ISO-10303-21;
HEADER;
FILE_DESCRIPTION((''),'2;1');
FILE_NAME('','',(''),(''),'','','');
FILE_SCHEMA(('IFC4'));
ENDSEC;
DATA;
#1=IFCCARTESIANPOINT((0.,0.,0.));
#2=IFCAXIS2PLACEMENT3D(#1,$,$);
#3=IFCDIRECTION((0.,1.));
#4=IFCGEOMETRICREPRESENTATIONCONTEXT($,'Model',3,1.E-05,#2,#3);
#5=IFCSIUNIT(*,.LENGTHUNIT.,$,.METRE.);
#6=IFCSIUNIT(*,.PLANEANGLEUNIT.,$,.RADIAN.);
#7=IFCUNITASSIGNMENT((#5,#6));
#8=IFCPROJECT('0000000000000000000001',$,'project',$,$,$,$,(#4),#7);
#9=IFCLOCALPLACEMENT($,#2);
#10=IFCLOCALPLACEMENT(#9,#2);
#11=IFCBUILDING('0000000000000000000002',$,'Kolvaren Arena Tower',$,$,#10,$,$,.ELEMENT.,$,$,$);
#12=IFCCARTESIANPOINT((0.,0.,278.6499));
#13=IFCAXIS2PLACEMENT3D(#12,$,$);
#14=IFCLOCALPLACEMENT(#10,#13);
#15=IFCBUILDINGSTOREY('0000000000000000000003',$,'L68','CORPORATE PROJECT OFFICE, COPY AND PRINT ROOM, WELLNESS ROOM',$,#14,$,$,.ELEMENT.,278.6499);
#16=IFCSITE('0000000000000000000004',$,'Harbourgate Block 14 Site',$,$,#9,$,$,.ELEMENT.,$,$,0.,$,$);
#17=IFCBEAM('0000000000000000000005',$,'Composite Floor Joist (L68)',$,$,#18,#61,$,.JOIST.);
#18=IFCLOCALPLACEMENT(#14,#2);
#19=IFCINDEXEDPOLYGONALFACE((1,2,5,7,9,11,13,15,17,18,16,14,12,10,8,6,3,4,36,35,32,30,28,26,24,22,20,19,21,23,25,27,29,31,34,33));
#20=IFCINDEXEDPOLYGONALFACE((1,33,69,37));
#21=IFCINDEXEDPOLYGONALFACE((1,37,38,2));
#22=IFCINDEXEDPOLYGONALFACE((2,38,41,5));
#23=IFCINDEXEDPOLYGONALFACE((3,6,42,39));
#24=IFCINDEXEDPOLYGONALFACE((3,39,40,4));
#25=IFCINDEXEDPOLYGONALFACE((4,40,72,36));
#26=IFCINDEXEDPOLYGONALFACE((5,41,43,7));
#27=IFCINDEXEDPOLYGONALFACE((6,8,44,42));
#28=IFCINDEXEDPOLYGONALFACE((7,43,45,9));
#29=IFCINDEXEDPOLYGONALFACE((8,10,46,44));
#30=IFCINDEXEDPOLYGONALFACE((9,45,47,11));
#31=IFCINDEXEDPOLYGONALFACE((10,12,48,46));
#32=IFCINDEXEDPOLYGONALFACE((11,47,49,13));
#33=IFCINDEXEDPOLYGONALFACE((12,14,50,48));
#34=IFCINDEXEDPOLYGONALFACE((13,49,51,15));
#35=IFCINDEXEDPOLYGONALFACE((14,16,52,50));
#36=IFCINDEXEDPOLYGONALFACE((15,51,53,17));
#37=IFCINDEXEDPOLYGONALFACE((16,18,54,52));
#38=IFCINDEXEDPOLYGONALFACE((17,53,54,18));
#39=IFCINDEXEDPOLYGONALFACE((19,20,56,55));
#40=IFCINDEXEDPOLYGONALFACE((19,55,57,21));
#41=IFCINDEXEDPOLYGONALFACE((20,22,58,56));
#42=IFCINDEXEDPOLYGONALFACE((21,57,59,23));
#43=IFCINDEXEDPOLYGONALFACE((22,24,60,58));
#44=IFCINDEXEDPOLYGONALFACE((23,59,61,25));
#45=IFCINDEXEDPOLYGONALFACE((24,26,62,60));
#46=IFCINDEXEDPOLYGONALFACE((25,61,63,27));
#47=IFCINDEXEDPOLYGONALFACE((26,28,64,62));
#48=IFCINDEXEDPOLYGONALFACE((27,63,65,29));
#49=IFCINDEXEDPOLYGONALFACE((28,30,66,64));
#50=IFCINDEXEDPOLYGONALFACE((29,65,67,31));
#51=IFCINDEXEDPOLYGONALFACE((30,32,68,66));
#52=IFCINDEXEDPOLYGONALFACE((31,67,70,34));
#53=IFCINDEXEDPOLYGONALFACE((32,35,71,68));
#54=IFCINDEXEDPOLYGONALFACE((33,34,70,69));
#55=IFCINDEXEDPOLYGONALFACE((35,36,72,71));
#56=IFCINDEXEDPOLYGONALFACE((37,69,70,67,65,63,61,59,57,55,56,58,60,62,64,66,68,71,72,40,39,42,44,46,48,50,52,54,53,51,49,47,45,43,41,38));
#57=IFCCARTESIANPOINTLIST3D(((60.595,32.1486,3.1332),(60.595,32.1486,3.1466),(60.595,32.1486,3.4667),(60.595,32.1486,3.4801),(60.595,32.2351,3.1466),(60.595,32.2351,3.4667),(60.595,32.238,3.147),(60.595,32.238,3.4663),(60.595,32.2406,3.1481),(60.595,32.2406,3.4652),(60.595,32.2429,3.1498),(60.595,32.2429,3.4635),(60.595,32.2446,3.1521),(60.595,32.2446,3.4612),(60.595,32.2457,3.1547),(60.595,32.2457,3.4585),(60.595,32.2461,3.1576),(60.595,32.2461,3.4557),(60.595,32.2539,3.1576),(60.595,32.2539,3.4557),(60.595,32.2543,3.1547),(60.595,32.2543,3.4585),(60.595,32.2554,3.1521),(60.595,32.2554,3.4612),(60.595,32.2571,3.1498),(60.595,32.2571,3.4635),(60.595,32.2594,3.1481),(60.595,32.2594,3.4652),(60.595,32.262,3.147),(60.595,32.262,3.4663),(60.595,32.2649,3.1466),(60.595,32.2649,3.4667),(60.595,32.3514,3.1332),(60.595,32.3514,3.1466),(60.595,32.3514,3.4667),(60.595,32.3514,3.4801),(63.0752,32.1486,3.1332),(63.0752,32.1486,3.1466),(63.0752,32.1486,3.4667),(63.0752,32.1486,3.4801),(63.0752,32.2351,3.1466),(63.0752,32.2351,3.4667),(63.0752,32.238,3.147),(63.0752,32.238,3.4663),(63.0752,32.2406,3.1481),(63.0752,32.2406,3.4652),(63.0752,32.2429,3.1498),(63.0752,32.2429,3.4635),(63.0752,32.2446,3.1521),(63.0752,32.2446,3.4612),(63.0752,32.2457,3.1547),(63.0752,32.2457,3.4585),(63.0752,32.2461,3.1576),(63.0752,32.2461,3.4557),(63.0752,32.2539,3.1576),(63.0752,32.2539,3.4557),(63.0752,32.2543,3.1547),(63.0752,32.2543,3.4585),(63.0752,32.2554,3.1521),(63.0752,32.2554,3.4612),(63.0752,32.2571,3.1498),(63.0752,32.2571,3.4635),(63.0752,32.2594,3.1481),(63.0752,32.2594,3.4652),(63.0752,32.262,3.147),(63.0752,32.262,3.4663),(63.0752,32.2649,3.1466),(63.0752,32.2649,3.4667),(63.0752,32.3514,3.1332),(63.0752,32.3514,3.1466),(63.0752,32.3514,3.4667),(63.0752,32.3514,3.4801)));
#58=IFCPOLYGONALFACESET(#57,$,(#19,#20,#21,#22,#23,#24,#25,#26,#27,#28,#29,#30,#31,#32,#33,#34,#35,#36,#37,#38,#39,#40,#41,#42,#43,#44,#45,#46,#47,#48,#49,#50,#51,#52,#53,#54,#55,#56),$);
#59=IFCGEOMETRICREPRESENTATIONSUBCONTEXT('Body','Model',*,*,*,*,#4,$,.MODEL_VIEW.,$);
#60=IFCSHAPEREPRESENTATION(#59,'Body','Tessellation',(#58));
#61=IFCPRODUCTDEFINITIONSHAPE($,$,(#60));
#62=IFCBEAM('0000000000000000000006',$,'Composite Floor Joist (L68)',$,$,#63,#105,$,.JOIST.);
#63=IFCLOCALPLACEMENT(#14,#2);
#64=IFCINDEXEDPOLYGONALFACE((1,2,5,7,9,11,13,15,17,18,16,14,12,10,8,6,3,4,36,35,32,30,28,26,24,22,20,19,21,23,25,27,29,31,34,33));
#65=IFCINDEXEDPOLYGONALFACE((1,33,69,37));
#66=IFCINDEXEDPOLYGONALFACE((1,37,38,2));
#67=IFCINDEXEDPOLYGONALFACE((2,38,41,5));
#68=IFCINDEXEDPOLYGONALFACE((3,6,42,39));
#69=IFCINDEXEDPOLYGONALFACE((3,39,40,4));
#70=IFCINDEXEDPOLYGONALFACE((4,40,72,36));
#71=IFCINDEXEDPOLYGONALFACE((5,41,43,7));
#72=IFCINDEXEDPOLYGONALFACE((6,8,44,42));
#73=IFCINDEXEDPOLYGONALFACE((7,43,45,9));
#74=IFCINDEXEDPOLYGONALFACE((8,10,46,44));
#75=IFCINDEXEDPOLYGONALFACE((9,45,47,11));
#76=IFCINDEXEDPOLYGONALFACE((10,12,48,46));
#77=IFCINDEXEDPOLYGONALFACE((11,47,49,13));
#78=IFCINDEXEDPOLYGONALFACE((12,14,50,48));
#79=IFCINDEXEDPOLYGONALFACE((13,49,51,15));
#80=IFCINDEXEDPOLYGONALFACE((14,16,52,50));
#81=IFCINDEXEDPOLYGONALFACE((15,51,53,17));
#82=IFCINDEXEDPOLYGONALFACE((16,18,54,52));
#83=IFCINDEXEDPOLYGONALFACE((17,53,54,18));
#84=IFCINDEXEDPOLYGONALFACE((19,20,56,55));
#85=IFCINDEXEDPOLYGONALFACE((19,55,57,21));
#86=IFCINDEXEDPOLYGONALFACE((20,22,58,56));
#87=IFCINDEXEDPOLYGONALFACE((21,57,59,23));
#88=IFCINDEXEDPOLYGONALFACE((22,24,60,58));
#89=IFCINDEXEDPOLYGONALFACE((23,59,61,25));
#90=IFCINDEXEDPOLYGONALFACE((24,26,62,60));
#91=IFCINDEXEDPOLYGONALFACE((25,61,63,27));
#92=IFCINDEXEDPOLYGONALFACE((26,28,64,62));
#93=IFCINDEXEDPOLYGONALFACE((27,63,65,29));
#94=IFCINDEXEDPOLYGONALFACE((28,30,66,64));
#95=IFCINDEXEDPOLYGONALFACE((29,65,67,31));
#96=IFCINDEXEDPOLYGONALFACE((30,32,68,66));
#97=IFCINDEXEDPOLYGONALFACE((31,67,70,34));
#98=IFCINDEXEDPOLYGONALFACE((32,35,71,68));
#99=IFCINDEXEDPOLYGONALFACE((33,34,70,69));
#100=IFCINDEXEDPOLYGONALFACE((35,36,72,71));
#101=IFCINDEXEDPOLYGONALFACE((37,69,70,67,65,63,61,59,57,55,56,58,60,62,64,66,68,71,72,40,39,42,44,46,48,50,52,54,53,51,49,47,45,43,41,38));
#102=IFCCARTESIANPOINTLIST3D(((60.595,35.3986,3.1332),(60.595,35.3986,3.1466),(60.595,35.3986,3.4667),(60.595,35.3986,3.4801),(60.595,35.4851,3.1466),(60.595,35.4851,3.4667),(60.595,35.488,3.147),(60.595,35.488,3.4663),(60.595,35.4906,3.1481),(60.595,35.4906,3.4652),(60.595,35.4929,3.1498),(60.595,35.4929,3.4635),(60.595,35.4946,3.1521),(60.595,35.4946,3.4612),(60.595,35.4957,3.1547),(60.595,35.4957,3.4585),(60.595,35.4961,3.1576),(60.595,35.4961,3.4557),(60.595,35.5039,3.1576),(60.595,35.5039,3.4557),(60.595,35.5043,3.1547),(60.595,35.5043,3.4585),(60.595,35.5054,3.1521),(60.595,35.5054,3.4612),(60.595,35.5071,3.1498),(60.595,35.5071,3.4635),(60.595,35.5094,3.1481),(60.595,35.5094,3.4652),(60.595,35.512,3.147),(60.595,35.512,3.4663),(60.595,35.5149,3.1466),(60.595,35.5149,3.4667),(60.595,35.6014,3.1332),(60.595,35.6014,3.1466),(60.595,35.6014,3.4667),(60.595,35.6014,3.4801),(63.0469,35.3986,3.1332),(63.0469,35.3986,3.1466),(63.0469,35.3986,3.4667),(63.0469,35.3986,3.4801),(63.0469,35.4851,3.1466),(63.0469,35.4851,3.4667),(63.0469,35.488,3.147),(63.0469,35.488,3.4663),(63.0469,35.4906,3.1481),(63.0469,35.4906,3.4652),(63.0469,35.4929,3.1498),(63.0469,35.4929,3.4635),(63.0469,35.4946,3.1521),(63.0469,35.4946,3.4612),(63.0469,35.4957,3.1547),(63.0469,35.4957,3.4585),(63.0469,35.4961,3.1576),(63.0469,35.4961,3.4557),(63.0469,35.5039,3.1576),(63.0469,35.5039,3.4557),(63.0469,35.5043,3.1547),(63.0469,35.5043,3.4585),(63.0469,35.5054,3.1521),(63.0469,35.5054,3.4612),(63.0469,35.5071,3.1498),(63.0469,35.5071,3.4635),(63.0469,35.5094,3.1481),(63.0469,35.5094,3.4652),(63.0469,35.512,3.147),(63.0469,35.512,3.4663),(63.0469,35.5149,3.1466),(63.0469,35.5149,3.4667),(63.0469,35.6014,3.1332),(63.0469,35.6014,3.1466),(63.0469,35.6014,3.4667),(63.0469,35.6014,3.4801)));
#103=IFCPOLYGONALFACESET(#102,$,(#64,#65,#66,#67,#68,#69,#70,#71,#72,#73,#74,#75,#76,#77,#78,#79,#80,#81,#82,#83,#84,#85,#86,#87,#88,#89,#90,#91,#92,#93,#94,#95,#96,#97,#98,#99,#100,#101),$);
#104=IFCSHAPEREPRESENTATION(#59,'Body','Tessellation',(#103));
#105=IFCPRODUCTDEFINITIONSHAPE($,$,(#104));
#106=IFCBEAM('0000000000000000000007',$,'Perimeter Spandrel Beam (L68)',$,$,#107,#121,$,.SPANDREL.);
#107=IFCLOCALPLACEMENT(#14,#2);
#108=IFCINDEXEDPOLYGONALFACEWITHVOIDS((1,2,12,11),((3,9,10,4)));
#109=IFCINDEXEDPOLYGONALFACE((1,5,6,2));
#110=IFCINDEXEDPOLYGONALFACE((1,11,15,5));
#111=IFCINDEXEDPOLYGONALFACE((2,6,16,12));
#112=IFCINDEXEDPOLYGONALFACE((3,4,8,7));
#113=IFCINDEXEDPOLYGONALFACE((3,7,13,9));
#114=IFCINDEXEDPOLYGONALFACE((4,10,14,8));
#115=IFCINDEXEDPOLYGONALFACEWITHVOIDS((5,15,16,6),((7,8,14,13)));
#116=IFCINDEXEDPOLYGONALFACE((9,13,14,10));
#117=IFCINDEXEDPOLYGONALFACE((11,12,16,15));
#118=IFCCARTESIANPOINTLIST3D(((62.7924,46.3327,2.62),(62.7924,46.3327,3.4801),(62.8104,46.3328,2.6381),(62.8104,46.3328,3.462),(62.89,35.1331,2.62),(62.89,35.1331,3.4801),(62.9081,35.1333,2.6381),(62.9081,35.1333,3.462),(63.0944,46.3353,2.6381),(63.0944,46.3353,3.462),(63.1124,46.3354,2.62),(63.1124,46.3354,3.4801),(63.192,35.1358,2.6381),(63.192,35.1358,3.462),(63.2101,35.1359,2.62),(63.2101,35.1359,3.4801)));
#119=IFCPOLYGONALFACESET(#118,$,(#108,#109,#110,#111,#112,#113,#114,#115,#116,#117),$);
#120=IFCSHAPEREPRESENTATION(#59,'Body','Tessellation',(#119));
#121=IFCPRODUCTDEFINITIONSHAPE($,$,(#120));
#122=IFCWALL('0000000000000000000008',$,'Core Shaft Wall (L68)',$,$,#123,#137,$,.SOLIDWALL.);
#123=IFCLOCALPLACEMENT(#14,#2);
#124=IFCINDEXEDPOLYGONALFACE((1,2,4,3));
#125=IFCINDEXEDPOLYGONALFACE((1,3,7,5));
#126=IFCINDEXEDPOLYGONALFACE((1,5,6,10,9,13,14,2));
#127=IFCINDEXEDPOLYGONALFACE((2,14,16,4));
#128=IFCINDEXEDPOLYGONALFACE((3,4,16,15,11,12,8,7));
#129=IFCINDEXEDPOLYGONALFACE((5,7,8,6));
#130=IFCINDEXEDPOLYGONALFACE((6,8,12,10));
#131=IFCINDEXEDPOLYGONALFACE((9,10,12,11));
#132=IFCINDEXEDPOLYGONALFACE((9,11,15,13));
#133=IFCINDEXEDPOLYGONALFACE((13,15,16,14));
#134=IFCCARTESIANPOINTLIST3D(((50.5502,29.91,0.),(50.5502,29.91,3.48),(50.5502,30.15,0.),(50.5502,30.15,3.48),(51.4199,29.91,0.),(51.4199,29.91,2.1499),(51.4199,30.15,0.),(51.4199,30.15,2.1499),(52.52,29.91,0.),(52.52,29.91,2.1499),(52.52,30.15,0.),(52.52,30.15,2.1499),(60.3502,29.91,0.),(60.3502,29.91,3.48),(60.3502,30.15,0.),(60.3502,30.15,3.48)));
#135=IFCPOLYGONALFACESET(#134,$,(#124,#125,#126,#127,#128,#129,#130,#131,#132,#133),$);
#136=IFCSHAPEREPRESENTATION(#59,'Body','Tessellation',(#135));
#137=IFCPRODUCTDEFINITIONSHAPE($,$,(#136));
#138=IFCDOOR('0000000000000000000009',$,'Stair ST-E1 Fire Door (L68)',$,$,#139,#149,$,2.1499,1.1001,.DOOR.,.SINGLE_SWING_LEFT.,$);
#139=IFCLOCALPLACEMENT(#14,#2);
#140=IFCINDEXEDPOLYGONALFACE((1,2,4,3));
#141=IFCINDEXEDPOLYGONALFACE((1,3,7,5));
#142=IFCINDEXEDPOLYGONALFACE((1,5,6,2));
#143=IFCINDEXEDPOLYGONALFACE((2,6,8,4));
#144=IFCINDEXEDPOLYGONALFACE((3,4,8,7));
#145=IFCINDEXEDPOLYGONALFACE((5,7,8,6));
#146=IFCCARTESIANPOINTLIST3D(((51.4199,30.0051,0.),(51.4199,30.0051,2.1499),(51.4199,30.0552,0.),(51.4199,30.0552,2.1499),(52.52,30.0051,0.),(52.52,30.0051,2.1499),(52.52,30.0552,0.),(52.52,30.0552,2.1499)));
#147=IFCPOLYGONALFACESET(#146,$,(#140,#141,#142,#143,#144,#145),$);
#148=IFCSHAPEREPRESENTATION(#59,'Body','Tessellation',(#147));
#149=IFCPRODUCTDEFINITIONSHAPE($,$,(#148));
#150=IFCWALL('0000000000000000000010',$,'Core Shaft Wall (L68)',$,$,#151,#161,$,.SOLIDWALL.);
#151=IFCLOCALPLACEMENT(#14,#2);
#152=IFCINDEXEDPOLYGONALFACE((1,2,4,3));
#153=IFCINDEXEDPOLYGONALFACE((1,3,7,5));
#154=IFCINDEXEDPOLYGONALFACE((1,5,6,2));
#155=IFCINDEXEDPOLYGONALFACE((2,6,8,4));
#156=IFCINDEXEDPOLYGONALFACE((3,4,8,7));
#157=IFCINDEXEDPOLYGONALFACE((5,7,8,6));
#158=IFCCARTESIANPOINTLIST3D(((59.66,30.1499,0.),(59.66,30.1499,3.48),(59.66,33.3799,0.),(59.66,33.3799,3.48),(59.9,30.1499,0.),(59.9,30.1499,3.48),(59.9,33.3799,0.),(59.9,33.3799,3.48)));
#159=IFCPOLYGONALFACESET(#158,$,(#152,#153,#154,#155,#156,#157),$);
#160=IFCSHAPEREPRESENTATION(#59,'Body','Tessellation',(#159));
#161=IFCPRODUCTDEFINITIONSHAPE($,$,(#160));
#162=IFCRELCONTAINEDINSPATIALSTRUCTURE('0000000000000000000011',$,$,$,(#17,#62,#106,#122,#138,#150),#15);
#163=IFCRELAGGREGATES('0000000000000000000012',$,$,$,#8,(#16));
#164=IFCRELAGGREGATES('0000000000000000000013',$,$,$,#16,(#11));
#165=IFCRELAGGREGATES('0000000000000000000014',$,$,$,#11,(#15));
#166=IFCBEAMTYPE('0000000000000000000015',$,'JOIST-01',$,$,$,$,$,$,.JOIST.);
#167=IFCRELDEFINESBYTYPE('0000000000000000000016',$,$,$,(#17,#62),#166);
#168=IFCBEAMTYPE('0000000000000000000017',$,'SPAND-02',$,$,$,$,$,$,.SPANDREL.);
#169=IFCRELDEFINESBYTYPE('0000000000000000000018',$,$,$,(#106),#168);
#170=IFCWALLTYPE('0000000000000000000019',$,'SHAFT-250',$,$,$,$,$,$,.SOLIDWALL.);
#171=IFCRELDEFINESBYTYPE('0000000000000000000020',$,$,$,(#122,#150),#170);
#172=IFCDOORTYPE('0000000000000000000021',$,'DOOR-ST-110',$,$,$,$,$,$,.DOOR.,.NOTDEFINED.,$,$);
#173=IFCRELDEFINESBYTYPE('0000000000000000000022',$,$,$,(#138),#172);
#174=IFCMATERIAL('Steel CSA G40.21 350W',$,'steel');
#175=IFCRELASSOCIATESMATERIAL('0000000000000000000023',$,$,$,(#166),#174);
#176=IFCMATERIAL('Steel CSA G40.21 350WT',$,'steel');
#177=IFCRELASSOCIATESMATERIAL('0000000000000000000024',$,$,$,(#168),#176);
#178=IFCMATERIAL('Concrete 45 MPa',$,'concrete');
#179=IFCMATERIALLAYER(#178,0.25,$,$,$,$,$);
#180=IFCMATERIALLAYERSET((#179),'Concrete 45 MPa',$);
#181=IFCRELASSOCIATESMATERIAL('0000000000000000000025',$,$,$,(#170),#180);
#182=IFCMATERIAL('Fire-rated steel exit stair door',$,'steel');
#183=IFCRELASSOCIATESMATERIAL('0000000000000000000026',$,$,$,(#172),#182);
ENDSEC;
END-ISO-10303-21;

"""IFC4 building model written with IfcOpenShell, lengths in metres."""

from ifc_helpers import new_model, si_unit, direction, frame, frame_2d, origin, origin_2d, place, context, subcontext, project, spatial, rectangle, hollow_rectangle, i_section, extrude, material, layer, layer_set, material_profile, profile_set, type_object, element, fill, save


model = new_model("IFC4")

# Units and contexts
model_context = context("Model", 3, precision=1e-05, world=origin(), true_north=direction((0.0, 1.0)))
body_context = subcontext(model_context, "Body", "Model", "MODEL_VIEW")
ifc_project = project(units=[si_unit("LENGTHUNIT", "METRE"), si_unit("PLANEANGLEUNIT", "RADIAN")], contexts=[model_context])

# Site, building, storey
site_placement = place(None, origin())
site = spatial("IfcSite", under=ifc_project, at=site_placement, Name="Harbourgate Block 14 Site", CompositionType="ELEMENT", RefElevation=0.0)
building_placement = place(site_placement, origin())
building = spatial("IfcBuilding", under=site, at=building_placement, Name="Kolvaren Arena Tower", CompositionType="ELEMENT")
storey_placement = place(building_placement, frame((0.0, 0.0, 278.6499)))
storey = spatial("IfcBuildingStorey", under=building, at=storey_placement, Name="L68", Description="CORPORATE PROJECT OFFICE, COPY AND PRINT ROOM, WELLNESS ROOM", CompositionType="ELEMENT", Elevation=278.6499)

# Beams
ifc_material_1 = material(Name="Steel CSA G40.21 350W", Category="steel")
ifc_material_profile_1 = material_profile(ifc_material_1, i_section(OverallWidth=0.2029, OverallDepth=0.3469, WebThickness=0.0078, FlangeThickness=0.0134, FilletRadius=0.011, at=origin_2d()), Name="W360x64")
ifc_profile_set_1 = profile_set([ifc_material_profile_1], Name="Steel CSA G40.21 350W")
beam_type_1 = type_object("IfcBeamType", Name="JOIST-01", PredefinedType="JOIST", material=ifc_profile_set_1)
beam_1_placement = place(storey_placement, frame((60.595, 32.25, 3.3066), z_axis=(1.0, 0.0, 0.0), x_axis=(0.0, 1.0, 0.0)))
element("IfcBeam", 1, at=beam_1_placement, inside=storey, type_object=beam_type_1, Name="Composite Floor Joist (L68)", PredefinedType="JOIST", context=body_context, shape_type="SweptSolid", body=[
    extrude(i_section(OverallWidth=0.2029, OverallDepth=0.3469, WebThickness=0.0078, FlangeThickness=0.0134, FilletRadius=0.011, at=origin_2d()), origin(), (0.0, 0.0, 1.0), 2.4802),
])
beam_2_placement = place(storey_placement, frame((60.595, 35.5, 3.3066), z_axis=(1.0, 0.0, 0.0), x_axis=(0.0, 1.0, 0.0)))
element("IfcBeam", 2, at=beam_2_placement, inside=storey, type_object=beam_type_1, Name="Composite Floor Joist (L68)", PredefinedType="JOIST", context=body_context, shape_type="SweptSolid", body=[
    extrude(i_section(OverallWidth=0.2029, OverallDepth=0.3469, WebThickness=0.0078, FlangeThickness=0.0134, FilletRadius=0.011, at=origin_2d()), origin(), (0.0, 0.0, 1.0), 2.4519),
])
ifc_material_2 = material(Name="Steel CSA G40.21 350WT", Category="steel")
ifc_material_profile_2 = material_profile(ifc_material_2, hollow_rectangle(XDim=0.3201, YDim=0.8601, WallThickness=0.0181, at=origin_2d()), Name="HSS 860x320x18")
ifc_profile_set_2 = profile_set([ifc_material_profile_2], Name="Steel CSA G40.21 350WT")
beam_type_2 = type_object("IfcBeamType", Name="SPAND-02", PredefinedType="SPANDREL", material=ifc_profile_set_2)
beam_3_placement = place(storey_placement, frame((63.05, 35.1345, 3.05), z_axis=(-0.008719, 0.999962, 0.0), x_axis=(-0.999962, -0.008719, 0.0)))
element("IfcBeam", 3, at=beam_3_placement, inside=storey, type_object=beam_type_2, Name="Perimeter Spandrel Beam (L68)", PredefinedType="SPANDREL", context=body_context, shape_type="SweptSolid", body=[
    extrude(hollow_rectangle(XDim=0.3201, YDim=0.8601, WallThickness=0.0181, at=origin_2d()), origin(), (0.0, 0.0, 1.0), 11.2),
])

# Wall, opening, door
ifc_material_3 = material(Name="Concrete 45 MPa", Category="concrete")
ifc_layer = layer(ifc_material_3, 0.25)
ifc_layer_set = layer_set([ifc_layer], Name="Concrete 45 MPa")
wall_type = type_object("IfcWallType", Name="SHAFT-250", PredefinedType="SOLIDWALL", material=ifc_layer_set)
wall_1_placement = place(storey_placement, frame((60.3501, 30.03, 0.0), z_axis=(0.0, 0.0, 1.0), x_axis=(-1.0, 0.0, 0.0)))
wall_1 = element("IfcWall", 4, at=wall_1_placement, inside=storey, type_object=wall_type, Name="Core Shaft Wall (L68)", PredefinedType="SOLIDWALL", context=body_context, shape_type="SweptSolid", body=[
    extrude(rectangle(XDim=9.8, YDim=0.24, at=frame_2d((4.8999, 0.0))), origin(), (0.0, 0.0, 1.0), 3.48),
])
opening_1_placement = place(wall_1_placement, frame((7.8301, 0.0, 0.0)))
opening_1 = element("IfcOpeningElement", 5, at=opening_1_placement, cuts=wall_1, PredefinedType="OPENING", context=body_context, shape_type="SweptSolid", body=[
    extrude(rectangle(XDim=1.1001, YDim=2.1499, at=frame_2d((0.55, 1.075))), frame((0.0, 0.1299, 0.0), z_axis=(0.0, -1.0, 0.0), x_axis=(1.0, 0.0, 0.0)), (0.0, 0.0, 1.0), 0.26),
])
ifc_material_4 = material(Name="Fire-rated steel exit stair door", Category="steel")
door_type = type_object("IfcDoorType", Name="DOOR-ST-110", OperationType="NOTDEFINED", PredefinedType="DOOR", material=ifc_material_4)
door_1_placement = place(opening_1_placement, origin())
door_1 = element("IfcDoor", 6, at=door_1_placement, inside=storey, type_object=door_type, Name="Stair ST-E1 Fire Door (L68)", OperationType="SINGLE_SWING_LEFT", OverallHeight=2.1499, OverallWidth=1.1001, PredefinedType="DOOR", context=body_context, shape_type="SweptSolid", body=[
    extrude(rectangle(XDim=1.1001, YDim=2.1499, at=frame_2d((0.55, 1.075))), frame((0.0, 0.0249, 0.0), z_axis=(0.0, -1.0, 0.0), x_axis=(1.0, 0.0, 0.0)), (0.0, 0.0, 1.0), 0.05),
])
fill(opening_1, door_1)

# Wall
wall_2_placement = place(storey_placement, frame((59.78, 30.1499, 0.0), z_axis=(0.0, 0.0, 1.0), x_axis=(0.0, 1.0, 0.0)))
element("IfcWall", 7, at=wall_2_placement, inside=storey, type_object=wall_type, Name="Core Shaft Wall (L68)", PredefinedType="SOLIDWALL", context=body_context, shape_type="SweptSolid", body=[
    extrude(rectangle(XDim=3.23, YDim=0.24, at=frame_2d((1.615, 0.0))), origin(), (0.0, 0.0, 1.0), 3.48),
])

save(model, "model.ifc")
